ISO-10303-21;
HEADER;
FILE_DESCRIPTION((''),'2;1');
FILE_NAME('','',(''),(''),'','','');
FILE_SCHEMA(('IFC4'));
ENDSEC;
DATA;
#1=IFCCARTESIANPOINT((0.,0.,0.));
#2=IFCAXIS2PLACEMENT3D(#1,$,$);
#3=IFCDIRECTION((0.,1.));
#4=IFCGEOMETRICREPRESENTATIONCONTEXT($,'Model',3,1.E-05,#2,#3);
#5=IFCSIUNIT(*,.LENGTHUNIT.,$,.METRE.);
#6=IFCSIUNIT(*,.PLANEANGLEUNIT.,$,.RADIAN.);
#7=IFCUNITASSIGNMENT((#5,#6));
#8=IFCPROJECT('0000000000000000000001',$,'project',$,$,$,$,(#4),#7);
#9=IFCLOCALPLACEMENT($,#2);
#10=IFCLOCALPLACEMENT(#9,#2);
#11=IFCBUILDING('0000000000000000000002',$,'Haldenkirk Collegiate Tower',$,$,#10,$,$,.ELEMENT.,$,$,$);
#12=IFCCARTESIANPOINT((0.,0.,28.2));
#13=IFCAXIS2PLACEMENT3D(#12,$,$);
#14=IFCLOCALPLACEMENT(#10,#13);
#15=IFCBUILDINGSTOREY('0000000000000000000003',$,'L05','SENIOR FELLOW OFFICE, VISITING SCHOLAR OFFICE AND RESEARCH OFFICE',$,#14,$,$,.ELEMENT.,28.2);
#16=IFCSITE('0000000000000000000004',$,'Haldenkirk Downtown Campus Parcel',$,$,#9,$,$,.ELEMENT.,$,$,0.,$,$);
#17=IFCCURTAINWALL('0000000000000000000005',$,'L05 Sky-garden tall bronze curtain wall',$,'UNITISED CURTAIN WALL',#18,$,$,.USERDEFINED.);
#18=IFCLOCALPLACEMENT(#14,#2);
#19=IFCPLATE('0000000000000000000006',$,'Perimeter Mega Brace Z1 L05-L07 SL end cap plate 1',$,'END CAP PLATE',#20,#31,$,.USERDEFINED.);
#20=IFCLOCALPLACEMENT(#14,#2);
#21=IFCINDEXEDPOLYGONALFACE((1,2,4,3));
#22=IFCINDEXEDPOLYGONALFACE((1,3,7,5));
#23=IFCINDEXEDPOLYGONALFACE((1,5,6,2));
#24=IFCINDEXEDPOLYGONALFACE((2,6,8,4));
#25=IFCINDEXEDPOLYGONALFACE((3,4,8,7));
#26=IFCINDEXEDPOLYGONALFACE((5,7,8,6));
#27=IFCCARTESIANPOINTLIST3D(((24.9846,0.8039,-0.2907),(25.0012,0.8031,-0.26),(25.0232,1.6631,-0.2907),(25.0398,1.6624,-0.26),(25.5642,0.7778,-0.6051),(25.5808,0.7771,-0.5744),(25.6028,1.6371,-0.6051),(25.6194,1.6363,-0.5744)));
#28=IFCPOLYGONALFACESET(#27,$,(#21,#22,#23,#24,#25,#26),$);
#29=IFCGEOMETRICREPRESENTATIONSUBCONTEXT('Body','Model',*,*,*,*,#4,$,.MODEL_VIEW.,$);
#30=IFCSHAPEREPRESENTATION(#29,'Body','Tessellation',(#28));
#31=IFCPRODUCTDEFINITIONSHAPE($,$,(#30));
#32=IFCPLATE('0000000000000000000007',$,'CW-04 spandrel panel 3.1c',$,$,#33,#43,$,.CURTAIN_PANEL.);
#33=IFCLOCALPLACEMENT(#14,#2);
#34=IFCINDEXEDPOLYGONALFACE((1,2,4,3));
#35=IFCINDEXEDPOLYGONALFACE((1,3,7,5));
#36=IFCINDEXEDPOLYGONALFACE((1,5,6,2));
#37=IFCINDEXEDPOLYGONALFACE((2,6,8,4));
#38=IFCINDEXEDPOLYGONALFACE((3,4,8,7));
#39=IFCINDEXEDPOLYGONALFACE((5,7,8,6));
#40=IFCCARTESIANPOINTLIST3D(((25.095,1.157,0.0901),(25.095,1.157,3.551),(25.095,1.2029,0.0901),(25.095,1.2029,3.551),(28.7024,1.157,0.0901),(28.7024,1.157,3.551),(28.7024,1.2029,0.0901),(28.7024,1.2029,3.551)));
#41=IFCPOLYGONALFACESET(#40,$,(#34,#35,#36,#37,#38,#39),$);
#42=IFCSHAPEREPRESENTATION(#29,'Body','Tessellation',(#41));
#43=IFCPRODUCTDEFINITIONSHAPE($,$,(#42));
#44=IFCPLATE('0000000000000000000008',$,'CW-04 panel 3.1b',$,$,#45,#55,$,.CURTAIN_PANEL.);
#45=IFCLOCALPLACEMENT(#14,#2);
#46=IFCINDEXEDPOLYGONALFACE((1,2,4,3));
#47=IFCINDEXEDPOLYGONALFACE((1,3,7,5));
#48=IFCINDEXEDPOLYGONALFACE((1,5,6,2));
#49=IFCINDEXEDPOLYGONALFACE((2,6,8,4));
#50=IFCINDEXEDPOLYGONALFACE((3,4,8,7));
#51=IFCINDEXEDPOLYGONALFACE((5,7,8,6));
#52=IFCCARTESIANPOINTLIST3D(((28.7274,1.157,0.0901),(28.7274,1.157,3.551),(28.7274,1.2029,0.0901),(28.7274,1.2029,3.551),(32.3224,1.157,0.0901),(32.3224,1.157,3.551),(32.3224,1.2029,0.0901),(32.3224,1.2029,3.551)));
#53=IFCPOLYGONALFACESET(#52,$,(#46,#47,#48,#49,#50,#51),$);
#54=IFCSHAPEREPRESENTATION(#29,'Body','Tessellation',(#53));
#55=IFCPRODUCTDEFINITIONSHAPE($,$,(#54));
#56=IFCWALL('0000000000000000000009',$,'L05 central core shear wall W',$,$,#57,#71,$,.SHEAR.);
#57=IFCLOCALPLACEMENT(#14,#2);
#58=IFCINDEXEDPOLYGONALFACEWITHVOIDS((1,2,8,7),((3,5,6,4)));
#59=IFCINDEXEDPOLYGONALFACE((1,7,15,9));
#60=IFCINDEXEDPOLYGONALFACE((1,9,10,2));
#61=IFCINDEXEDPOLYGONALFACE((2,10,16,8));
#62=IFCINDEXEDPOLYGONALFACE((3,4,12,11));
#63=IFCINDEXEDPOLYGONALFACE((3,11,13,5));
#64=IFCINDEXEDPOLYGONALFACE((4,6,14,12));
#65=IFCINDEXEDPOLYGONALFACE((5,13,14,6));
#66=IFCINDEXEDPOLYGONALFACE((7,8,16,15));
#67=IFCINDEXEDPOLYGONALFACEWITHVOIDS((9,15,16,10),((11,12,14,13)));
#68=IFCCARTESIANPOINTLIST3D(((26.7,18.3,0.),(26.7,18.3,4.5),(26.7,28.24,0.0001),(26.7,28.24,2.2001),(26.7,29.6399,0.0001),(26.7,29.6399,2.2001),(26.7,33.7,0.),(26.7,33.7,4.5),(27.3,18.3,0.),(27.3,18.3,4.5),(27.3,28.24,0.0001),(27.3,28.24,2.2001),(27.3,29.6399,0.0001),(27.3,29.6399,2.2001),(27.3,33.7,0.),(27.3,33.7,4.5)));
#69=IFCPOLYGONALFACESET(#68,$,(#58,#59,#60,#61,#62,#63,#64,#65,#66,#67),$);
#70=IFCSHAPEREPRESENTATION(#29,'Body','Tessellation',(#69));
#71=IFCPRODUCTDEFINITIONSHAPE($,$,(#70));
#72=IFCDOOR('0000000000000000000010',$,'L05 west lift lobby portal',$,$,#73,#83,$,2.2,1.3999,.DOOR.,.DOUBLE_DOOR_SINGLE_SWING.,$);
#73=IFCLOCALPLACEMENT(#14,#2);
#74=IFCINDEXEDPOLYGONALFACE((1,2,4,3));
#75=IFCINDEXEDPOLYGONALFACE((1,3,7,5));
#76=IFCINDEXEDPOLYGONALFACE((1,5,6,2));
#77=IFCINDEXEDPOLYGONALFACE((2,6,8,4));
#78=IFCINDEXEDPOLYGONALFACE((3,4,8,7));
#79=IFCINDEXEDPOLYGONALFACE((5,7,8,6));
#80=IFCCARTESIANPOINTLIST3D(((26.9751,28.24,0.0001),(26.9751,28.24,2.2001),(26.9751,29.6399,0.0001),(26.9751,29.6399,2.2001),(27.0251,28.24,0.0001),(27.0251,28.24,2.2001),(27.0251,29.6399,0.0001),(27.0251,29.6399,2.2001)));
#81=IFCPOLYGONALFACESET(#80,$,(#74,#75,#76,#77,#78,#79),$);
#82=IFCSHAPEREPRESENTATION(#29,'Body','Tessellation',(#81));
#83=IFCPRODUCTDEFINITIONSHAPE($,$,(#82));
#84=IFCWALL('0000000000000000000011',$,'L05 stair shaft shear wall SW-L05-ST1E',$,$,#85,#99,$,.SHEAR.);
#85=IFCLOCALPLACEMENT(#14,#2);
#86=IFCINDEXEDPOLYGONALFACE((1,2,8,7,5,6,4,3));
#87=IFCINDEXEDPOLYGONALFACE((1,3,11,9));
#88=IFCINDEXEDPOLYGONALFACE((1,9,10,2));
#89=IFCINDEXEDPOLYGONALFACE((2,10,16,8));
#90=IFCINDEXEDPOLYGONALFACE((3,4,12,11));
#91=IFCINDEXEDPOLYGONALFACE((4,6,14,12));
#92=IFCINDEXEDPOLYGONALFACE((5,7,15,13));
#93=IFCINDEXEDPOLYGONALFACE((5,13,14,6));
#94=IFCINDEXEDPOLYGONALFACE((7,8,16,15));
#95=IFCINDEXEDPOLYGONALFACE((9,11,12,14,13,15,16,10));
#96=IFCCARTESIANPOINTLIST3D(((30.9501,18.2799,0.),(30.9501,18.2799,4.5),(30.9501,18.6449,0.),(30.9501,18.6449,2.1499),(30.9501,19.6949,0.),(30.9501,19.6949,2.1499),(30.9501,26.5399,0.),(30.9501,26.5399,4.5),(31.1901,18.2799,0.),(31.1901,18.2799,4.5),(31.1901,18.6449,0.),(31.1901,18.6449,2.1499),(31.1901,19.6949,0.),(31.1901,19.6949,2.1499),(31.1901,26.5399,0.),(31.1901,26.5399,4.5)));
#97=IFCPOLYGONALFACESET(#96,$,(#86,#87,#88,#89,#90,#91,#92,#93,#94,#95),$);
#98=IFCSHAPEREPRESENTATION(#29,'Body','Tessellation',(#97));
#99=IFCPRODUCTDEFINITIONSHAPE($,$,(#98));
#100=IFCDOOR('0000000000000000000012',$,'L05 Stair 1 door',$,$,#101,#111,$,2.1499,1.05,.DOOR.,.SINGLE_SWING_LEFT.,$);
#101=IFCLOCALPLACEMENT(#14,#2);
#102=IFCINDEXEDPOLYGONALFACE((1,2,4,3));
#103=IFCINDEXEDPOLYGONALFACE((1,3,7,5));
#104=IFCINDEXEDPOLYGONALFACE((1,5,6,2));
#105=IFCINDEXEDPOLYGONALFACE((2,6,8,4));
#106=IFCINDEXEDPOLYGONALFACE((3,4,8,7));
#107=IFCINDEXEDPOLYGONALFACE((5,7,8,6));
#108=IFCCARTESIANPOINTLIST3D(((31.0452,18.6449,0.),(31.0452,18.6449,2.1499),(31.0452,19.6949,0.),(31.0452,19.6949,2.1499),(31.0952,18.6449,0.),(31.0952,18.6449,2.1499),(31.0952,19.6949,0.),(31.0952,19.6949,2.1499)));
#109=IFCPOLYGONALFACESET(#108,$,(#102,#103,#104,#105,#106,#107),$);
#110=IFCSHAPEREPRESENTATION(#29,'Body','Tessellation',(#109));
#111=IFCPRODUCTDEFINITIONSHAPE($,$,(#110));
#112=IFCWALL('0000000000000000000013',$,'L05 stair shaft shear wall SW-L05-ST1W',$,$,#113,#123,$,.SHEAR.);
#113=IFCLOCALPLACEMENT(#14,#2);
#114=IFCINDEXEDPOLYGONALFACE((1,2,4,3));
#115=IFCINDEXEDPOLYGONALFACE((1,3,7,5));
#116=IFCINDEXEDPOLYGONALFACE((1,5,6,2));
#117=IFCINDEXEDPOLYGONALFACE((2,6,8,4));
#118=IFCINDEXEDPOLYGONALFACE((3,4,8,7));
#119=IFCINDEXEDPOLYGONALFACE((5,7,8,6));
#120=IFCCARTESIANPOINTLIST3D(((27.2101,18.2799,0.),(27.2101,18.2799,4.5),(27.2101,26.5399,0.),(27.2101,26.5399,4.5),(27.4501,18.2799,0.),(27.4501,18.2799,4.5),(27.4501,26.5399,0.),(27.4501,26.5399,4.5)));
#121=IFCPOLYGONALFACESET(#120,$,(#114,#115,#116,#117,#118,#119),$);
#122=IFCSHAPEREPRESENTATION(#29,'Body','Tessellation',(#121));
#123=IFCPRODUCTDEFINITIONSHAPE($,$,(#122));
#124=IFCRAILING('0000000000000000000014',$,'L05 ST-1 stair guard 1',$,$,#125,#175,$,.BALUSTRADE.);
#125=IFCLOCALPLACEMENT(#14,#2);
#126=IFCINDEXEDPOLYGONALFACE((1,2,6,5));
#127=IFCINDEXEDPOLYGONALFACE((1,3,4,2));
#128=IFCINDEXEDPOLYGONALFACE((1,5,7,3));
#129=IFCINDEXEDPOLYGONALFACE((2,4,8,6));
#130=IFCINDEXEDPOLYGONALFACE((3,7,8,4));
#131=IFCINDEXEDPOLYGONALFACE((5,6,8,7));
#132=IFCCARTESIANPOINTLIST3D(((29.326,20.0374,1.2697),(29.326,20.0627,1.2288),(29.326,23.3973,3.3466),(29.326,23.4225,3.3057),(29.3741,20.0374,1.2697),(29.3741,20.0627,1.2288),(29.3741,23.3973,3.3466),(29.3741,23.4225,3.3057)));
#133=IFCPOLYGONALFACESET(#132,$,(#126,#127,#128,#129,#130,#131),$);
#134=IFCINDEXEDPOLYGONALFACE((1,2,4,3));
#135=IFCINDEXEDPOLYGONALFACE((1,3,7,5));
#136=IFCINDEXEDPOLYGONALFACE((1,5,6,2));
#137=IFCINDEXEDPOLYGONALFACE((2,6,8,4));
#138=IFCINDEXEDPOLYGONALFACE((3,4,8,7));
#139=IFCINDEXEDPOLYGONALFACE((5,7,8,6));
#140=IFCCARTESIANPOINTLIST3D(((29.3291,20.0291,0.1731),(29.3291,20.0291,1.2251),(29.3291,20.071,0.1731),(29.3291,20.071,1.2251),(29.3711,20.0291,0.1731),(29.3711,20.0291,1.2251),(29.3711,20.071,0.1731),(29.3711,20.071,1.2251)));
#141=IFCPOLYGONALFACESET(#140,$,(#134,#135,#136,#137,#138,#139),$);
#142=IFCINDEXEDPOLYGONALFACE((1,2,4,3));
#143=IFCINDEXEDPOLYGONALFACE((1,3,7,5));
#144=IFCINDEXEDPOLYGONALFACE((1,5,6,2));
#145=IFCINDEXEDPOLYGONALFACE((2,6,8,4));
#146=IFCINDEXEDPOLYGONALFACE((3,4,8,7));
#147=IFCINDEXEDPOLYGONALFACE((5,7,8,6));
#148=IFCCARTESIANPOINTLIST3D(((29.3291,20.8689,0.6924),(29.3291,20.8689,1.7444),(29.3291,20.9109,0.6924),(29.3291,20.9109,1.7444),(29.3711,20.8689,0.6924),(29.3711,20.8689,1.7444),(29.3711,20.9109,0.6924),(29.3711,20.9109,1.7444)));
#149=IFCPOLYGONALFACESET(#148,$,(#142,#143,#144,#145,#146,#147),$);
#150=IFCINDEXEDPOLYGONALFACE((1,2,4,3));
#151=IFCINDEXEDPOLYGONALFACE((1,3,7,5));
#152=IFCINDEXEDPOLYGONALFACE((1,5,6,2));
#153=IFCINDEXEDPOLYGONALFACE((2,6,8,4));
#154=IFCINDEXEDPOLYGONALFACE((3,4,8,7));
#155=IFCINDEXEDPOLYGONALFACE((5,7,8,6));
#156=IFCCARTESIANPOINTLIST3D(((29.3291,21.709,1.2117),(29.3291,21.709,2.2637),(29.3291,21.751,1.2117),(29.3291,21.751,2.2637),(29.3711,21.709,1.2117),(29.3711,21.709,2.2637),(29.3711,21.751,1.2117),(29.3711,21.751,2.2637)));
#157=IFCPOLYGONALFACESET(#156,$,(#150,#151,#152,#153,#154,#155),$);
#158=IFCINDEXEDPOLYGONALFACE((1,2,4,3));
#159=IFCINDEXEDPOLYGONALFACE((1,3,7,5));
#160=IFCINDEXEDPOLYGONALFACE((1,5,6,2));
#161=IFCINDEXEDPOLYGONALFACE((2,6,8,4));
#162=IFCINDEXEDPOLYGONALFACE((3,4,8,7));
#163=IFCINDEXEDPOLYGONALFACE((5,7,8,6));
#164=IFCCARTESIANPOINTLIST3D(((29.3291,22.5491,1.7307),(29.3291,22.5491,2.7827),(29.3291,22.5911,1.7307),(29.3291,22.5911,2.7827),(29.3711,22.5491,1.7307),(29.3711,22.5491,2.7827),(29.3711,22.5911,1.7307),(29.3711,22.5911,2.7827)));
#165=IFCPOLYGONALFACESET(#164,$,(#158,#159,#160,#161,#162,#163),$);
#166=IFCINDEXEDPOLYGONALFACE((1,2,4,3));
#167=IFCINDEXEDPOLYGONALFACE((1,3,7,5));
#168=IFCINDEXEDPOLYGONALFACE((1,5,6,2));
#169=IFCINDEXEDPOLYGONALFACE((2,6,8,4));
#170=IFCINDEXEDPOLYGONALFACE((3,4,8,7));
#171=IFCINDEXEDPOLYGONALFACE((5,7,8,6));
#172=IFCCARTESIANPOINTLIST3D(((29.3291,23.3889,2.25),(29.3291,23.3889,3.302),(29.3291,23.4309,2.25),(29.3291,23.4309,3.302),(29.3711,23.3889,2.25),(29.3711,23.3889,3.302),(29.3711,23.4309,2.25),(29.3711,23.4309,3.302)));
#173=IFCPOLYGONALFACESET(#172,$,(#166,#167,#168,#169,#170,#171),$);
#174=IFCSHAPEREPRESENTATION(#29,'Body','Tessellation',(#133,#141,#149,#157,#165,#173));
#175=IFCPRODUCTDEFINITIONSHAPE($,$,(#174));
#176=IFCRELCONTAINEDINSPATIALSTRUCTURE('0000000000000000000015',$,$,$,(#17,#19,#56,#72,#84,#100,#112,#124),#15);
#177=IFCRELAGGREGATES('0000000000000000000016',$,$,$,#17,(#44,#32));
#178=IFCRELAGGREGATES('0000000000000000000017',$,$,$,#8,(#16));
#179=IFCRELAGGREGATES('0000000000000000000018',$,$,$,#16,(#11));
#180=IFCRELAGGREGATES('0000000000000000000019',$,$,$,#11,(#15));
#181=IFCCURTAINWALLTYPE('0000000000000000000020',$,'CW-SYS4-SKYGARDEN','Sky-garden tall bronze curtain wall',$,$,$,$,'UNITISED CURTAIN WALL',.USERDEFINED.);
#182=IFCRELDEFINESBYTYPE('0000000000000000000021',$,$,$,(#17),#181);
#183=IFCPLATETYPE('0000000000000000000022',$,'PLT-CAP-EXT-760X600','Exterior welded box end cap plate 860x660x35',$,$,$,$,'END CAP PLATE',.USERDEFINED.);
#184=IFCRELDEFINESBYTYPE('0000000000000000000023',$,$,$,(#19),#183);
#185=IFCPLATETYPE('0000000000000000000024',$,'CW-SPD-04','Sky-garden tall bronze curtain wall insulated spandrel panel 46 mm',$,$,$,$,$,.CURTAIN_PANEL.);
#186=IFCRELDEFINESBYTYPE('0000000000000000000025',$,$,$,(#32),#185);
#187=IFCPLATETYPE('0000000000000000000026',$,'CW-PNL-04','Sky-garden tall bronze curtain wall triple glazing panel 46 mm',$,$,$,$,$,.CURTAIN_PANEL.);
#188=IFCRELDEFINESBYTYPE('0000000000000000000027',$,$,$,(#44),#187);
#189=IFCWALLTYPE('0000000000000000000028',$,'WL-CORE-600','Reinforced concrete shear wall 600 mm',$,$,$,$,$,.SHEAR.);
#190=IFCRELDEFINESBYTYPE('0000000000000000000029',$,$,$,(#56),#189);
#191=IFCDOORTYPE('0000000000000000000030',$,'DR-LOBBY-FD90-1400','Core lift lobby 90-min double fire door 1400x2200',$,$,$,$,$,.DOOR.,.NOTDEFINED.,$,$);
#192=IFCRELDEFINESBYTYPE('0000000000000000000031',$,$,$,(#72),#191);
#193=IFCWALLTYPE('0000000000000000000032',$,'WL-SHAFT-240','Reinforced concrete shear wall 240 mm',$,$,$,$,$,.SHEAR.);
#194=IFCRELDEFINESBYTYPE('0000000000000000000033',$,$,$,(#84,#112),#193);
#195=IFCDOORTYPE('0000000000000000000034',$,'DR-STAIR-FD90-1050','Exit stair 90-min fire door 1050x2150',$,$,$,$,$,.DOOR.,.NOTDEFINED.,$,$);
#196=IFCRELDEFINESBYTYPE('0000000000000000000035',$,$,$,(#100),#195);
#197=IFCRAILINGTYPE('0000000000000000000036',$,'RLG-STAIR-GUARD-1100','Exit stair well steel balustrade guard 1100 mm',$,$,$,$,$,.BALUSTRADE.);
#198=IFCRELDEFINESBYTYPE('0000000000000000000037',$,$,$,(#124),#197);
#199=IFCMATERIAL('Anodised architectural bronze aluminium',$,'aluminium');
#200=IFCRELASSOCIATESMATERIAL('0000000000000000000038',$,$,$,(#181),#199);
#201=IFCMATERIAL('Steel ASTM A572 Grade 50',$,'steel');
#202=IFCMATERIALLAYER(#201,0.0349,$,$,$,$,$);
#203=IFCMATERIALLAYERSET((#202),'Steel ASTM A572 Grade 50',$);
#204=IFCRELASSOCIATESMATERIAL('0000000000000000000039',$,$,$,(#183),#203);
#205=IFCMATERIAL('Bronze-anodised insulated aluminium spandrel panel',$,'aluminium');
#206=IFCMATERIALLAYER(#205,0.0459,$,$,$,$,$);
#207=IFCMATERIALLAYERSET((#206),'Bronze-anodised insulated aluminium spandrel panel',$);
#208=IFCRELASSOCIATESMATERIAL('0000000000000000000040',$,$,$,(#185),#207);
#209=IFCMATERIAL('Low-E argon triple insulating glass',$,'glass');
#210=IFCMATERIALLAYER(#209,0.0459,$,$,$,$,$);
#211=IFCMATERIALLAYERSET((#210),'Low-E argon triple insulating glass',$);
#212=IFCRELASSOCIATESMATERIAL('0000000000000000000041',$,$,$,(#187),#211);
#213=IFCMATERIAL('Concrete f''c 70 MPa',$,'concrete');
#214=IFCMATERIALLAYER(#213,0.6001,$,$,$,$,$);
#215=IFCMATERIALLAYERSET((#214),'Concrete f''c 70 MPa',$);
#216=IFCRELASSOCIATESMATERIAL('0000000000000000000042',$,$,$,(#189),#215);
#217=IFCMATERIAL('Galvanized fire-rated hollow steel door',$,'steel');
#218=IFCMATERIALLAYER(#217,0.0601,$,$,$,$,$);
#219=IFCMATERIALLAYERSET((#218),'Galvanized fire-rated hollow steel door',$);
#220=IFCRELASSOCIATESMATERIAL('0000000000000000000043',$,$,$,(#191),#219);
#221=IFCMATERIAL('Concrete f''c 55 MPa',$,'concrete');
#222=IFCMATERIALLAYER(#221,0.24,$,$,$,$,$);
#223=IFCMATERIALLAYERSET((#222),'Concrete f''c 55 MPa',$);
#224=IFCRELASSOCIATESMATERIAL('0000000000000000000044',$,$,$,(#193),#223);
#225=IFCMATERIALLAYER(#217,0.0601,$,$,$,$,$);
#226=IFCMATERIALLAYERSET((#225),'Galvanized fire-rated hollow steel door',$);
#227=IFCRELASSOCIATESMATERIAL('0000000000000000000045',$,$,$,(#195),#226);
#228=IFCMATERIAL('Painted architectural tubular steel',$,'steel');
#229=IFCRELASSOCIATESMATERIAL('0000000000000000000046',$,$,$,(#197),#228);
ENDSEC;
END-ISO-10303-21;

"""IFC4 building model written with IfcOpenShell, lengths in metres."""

from ifc_helpers import new_model, si_unit, direction, frame, frame_2d, origin, origin_2d, place, context, subcontext, project, spatial, rectangle, extrude, source, transform, mapped, material, layer, layer_set, type_object, element, fill, aggregate, save


model = new_model("IFC4")

# Units and contexts
model_context = context("Model", 3, precision=1e-05, world=origin(), true_north=direction((0.0, 1.0)))
body_context = subcontext(model_context, "Body", "Model", "MODEL_VIEW")
ifc_project = project(units=[si_unit("LENGTHUNIT", "METRE"), si_unit("PLANEANGLEUNIT", "RADIAN")], contexts=[model_context])

# Site, building, storey
site_placement = place(None, origin())
site = spatial("IfcSite", under=ifc_project, at=site_placement, Name="Haldenkirk Downtown Campus Parcel", CompositionType="ELEMENT", RefElevation=0.0)
building_placement = place(site_placement, origin())
building = spatial("IfcBuilding", under=site, at=building_placement, Name="Haldenkirk Collegiate Tower", CompositionType="ELEMENT")
storey_placement = place(building_placement, frame((0.0, 0.0, 28.2)))
storey = spatial("IfcBuildingStorey", under=building, at=storey_placement, Name="L05", Description="SENIOR FELLOW OFFICE, VISITING SCHOLAR OFFICE AND RESEARCH OFFICE", CompositionType="ELEMENT", Elevation=28.2)

# Curtain wall
ifc_material_1 = material(Name="Anodised architectural bronze aluminium", Category="aluminium")
curtain_wall_type = type_object("IfcCurtainWallType", Name="CW-SYS4-SKYGARDEN", Description="Sky-garden tall bronze curtain wall", ElementType="UNITISED CURTAIN WALL", PredefinedType="USERDEFINED", material=ifc_material_1)
curtain_wall_placement = place(storey_placement, origin())
curtain_wall = element("IfcCurtainWall", 1, at=curtain_wall_placement, inside=storey, type_object=curtain_wall_type, Name="L05 Sky-garden tall bronze curtain wall", ObjectType="UNITISED CURTAIN WALL", PredefinedType="USERDEFINED")

# Shared definitions
ifc_material_2 = material(Name="Steel ASTM A572 Grade 50", Category="steel")

# Plates
ifc_layer_1 = layer(ifc_material_2, 0.0349)
ifc_layer_set_1 = layer_set([ifc_layer_1], Name="Steel ASTM A572 Grade 50")
plate_type_1 = type_object("IfcPlateType", Name="PLT-CAP-EXT-760X600", Description="Exterior welded box end cap plate 860x660x35", ElementType="END CAP PLATE", PredefinedType="USERDEFINED", material=ifc_layer_set_1)
shared_shape_1 = source(origin(), body_context, "Body", "SweptSolid", [
    extrude(rectangle(XDim=0.8601, YDim=0.6599, at=origin_2d()), origin(), (0.0, 0.0, 1.0), 0.0349),
])
plate_1_placement = place(storey_placement, frame((25.3103, 1.2197, -0.4172), z_axis=(-0.47594, 0.021406, -0.879217), x_axis=(-0.044932, -0.99899, 0.0)))
element("IfcPlate", 2, at=plate_1_placement, inside=storey, type_object=plate_type_1, Name="Perimeter Mega Brace Z1 L05-L07 SL end cap plate 1", ObjectType="END CAP PLATE", PredefinedType="USERDEFINED", context=body_context, shape_type="MappedRepresentation", body=[
    mapped(shared_shape_1, transform((0.0, 0.0, 0.0), x_axis=(1.0, 0.0, 0.0), y_axis=(0.0, 1.0, 0.0), z_axis=(0.0, 0.0, 1.0), scale=1.0)),
])
ifc_material_3 = material(Name="Bronze-anodised insulated aluminium spandrel panel", Category="aluminium")
ifc_layer_2 = layer(ifc_material_3, 0.0459)
ifc_layer_set_2 = layer_set([ifc_layer_2], Name="Bronze-anodised insulated aluminium spandrel panel")
plate_type_2 = type_object("IfcPlateType", Name="CW-SPD-04", Description="Sky-garden tall bronze curtain wall insulated spandrel panel 46 mm", PredefinedType="CURTAIN_PANEL", material=ifc_layer_set_2)
shared_shape_2 = source(origin(), body_context, "Body", "SweptSolid", [
    extrude(rectangle(XDim=3.6074, YDim=0.0459, at=origin_2d()), origin(), (0.0, 0.0, 1.0), 3.4609),
])
plate_2_placement = place(storey_placement, frame((26.8987, 1.1799, 0.0901), z_axis=(0.0, 0.0, 1.0), x_axis=(-1.0, 0.0, 0.0)))
plate_2 = element("IfcPlate", 3, at=plate_2_placement, type_object=plate_type_2, Name="CW-04 spandrel panel 3.1c", PredefinedType="CURTAIN_PANEL", context=body_context, shape_type="MappedRepresentation", body=[
    mapped(shared_shape_2, transform((0.0, 0.0, 0.0), x_axis=(1.0, 0.0, 0.0), y_axis=(0.0, 1.0, 0.0), z_axis=(0.0, 0.0, 1.0), scale=1.0)),
])
ifc_material_4 = material(Name="Low-E argon triple insulating glass", Category="glass")
ifc_layer_3 = layer(ifc_material_4, 0.0459)
ifc_layer_set_3 = layer_set([ifc_layer_3], Name="Low-E argon triple insulating glass")
plate_type_3 = type_object("IfcPlateType", Name="CW-PNL-04", Description="Sky-garden tall bronze curtain wall triple glazing panel 46 mm", PredefinedType="CURTAIN_PANEL", material=ifc_layer_set_3)
shared_shape_3 = source(origin(), body_context, "Body", "SweptSolid", [
    extrude(rectangle(XDim=3.595, YDim=0.0459, at=origin_2d()), origin(), (0.0, 0.0, 1.0), 3.4609),
])
plate_3_placement = place(storey_placement, frame((30.5249, 1.1799, 0.0901), z_axis=(0.0, 0.0, 1.0), x_axis=(-1.0, 0.0, 0.0)))
plate_3 = element("IfcPlate", 4, at=plate_3_placement, type_object=plate_type_3, Name="CW-04 panel 3.1b", PredefinedType="CURTAIN_PANEL", context=body_context, shape_type="MappedRepresentation", body=[
    mapped(shared_shape_3, transform((0.0, 0.0, 0.0), x_axis=(1.0, 0.0, 0.0), y_axis=(0.0, 1.0, 0.0), z_axis=(0.0, 0.0, 1.0), scale=1.0)),
])
aggregate(curtain_wall, [plate_3, plate_2])

# Shared definitions
ifc_material_5 = material(Name="Concrete f'c 70 MPa", Category="concrete")
ifc_layer_4 = layer(ifc_material_5, 0.6001)
ifc_layer_set_4 = layer_set([ifc_layer_4], Name="Concrete f'c 70 MPa")
wall_type_1 = type_object("IfcWallType", Name="WL-CORE-600", Description="Reinforced concrete shear wall 600 mm", PredefinedType="SHEAR", material=ifc_layer_set_4)
ifc_material_6 = material(Name="Galvanized fire-rated hollow steel door", Category="steel")

# Walls, openings, doors
wall_1_placement = place(storey_placement, frame((27.0, 18.3, 0.0), z_axis=(0.0, 0.0, 1.0), x_axis=(0.0, 1.0, 0.0)))
wall_1 = element("IfcWall", 5, at=wall_1_placement, inside=storey, type_object=wall_type_1, Name="L05 central core shear wall W", PredefinedType="SHEAR", context=body_context, shape_type="SweptSolid", body=[
    extrude(rectangle(XDim=15.3999, YDim=0.6001, at=frame_2d((7.7, 0.0))), origin(), (0.0, 0.0, 1.0), 4.5),
])
opening_1_placement = place(wall_1_placement, frame((9.9399, 0.0, 0.0)))
opening_1 = element("IfcOpeningElement", 6, at=opening_1_placement, cuts=wall_1, PredefinedType="OPENING", context=body_context, shape_type="SweptSolid", body=[
    extrude(rectangle(XDim=1.3999, YDim=2.2, at=frame_2d((0.7, 1.1001))), frame((0.0, 0.3101, 0.0), z_axis=(0.0, -1.0, 0.0), x_axis=(1.0, 0.0, 0.0)), (0.0, 0.0, 1.0), 0.6201),
])
ifc_layer_5 = layer(ifc_material_6, 0.0601)
ifc_layer_set_5 = layer_set([ifc_layer_5], Name="Galvanized fire-rated hollow steel door")
door_type_1 = type_object("IfcDoorType", Name="DR-LOBBY-FD90-1400", Description="Core lift lobby 90-min double fire door 1400x2200", OperationType="NOTDEFINED", PredefinedType="DOOR", material=ifc_layer_set_5)
door_1_placement = place(opening_1_placement, origin())
door_1 = element("IfcDoor", 7, at=door_1_placement, inside=storey, type_object=door_type_1, Name="L05 west lift lobby portal", OperationType="DOUBLE_DOOR_SINGLE_SWING", OverallHeight=2.2, OverallWidth=1.3999, PredefinedType="DOOR", context=body_context, shape_type="SweptSolid", body=[
    extrude(rectangle(XDim=1.3999, YDim=2.2, at=frame_2d((0.7, 1.1001))), frame((0.0, 0.0249, 0.0), z_axis=(0.0, -1.0, 0.0), x_axis=(1.0, 0.0, 0.0)), (0.0, 0.0, 1.0), 0.05),
])
fill(opening_1, door_1)
ifc_material_7 = material(Name="Concrete f'c 55 MPa", Category="concrete")
ifc_layer_6 = layer(ifc_material_7, 0.24)
ifc_layer_set_6 = layer_set([ifc_layer_6], Name="Concrete f'c 55 MPa")
wall_type_2 = type_object("IfcWallType", Name="WL-SHAFT-240", Description="Reinforced concrete shear wall 240 mm", PredefinedType="SHEAR", material=ifc_layer_set_6)
wall_2_placement = place(storey_placement, frame((31.0701, 18.28, 0.0), z_axis=(0.0, 0.0, 1.0), x_axis=(0.0, 1.0, 0.0)))
wall_2 = element("IfcWall", 8, at=wall_2_placement, inside=storey, type_object=wall_type_2, Name="L05 stair shaft shear wall SW-L05-ST1E", PredefinedType="SHEAR", context=body_context, shape_type="SweptSolid", body=[
    extrude(rectangle(XDim=8.26, YDim=0.24, at=frame_2d((4.1299, 0.0))), origin(), (0.0, 0.0, 1.0), 4.5),
])
opening_2_placement = place(wall_2_placement, frame((0.365, 0.0, 0.0)))
opening_2 = element("IfcOpeningElement", 9, at=opening_2_placement, cuts=wall_2, PredefinedType="OPENING", context=body_context, shape_type="SweptSolid", body=[
    extrude(rectangle(XDim=1.05, YDim=2.1499, at=frame_2d((0.5249, 1.075))), frame((0.0, 0.1299, 0.0), z_axis=(0.0, -1.0, 0.0), x_axis=(1.0, 0.0, 0.0)), (0.0, 0.0, 1.0), 0.26),
])
ifc_layer_7 = layer(ifc_material_6, 0.0601)
ifc_layer_set_7 = layer_set([ifc_layer_7], Name="Galvanized fire-rated hollow steel door")
door_type_2 = type_object("IfcDoorType", Name="DR-STAIR-FD90-1050", Description="Exit stair 90-min fire door 1050x2150", OperationType="NOTDEFINED", PredefinedType="DOOR", material=ifc_layer_set_7)
door_2_placement = place(opening_2_placement, origin())
door_2 = element("IfcDoor", 10, at=door_2_placement, inside=storey, type_object=door_type_2, Name="L05 Stair 1 door", OperationType="SINGLE_SWING_LEFT", OverallHeight=2.1499, OverallWidth=1.05, PredefinedType="DOOR", context=body_context, shape_type="SweptSolid", body=[
    extrude(rectangle(XDim=1.05, YDim=2.1499, at=frame_2d((0.5249, 1.075))), frame((0.0, 0.0249, 0.0), z_axis=(0.0, -1.0, 0.0), x_axis=(1.0, 0.0, 0.0)), (0.0, 0.0, 1.0), 0.05),
])
fill(opening_2, door_2)

# Wall
wall_3_placement = place(storey_placement, frame((27.3301, 18.28, 0.0), z_axis=(0.0, 0.0, 1.0), x_axis=(0.0, 1.0, 0.0)))
element("IfcWall", 11, at=wall_3_placement, inside=storey, type_object=wall_type_2, Name="L05 stair shaft shear wall SW-L05-ST1W", PredefinedType="SHEAR", context=body_context, shape_type="SweptSolid", body=[
    extrude(rectangle(XDim=8.26, YDim=0.24, at=frame_2d((4.1299, 0.0))), origin(), (0.0, 0.0, 1.0), 4.5),
])

# Railing
ifc_material_8 = material(Name="Painted architectural tubular steel", Category="steel")
railing_type = type_object("IfcRailingType", Name="RLG-STAIR-GUARD-1100", Description="Exit stair well steel balustrade guard 1100 mm", PredefinedType="BALUSTRADE", material=ifc_material_8)
railing_1_placement = place(storey_placement, frame((29.3501, 20.05, 0.1731)))
element("IfcRailing", 12, at=railing_1_placement, inside=storey, type_object=railing_type, Name="L05 ST-1 stair guard 1", PredefinedType="BALUSTRADE", context=body_context, shape_type="SweptSolid", body=[
    extrude(rectangle(XDim=0.0481, YDim=0.0481, at=origin_2d()), frame((0.0, 0.0, 1.0762), z_axis=(0.0, 0.850606, 0.525803), x_axis=(-1.0, 0.0, 0.0)), (0.0, 0.0, 1.0), 3.95),
    extrude(rectangle(XDim=0.042, YDim=0.042, at=origin_2d()), origin(), (0.0, 0.0, 1.0), 1.052),
    extrude(rectangle(XDim=0.042, YDim=0.042, at=origin_2d()), frame((0.0, 0.8398, 0.5193)), (0.0, 0.0, 1.0), 1.052),
    extrude(rectangle(XDim=0.042, YDim=0.042, at=origin_2d()), frame((0.0, 1.6799, 1.0386)), (0.0, 0.0, 1.0), 1.052),
    extrude(rectangle(XDim=0.042, YDim=0.042, at=origin_2d()), frame((0.0, 2.52, 1.5576)), (0.0, 0.0, 1.0), 1.052),
    extrude(rectangle(XDim=0.042, YDim=0.042, at=origin_2d()), frame((0.0, 3.3599, 2.0769)), (0.0, 0.0, 1.0), 1.052),
])

save(model, "model.ifc")
